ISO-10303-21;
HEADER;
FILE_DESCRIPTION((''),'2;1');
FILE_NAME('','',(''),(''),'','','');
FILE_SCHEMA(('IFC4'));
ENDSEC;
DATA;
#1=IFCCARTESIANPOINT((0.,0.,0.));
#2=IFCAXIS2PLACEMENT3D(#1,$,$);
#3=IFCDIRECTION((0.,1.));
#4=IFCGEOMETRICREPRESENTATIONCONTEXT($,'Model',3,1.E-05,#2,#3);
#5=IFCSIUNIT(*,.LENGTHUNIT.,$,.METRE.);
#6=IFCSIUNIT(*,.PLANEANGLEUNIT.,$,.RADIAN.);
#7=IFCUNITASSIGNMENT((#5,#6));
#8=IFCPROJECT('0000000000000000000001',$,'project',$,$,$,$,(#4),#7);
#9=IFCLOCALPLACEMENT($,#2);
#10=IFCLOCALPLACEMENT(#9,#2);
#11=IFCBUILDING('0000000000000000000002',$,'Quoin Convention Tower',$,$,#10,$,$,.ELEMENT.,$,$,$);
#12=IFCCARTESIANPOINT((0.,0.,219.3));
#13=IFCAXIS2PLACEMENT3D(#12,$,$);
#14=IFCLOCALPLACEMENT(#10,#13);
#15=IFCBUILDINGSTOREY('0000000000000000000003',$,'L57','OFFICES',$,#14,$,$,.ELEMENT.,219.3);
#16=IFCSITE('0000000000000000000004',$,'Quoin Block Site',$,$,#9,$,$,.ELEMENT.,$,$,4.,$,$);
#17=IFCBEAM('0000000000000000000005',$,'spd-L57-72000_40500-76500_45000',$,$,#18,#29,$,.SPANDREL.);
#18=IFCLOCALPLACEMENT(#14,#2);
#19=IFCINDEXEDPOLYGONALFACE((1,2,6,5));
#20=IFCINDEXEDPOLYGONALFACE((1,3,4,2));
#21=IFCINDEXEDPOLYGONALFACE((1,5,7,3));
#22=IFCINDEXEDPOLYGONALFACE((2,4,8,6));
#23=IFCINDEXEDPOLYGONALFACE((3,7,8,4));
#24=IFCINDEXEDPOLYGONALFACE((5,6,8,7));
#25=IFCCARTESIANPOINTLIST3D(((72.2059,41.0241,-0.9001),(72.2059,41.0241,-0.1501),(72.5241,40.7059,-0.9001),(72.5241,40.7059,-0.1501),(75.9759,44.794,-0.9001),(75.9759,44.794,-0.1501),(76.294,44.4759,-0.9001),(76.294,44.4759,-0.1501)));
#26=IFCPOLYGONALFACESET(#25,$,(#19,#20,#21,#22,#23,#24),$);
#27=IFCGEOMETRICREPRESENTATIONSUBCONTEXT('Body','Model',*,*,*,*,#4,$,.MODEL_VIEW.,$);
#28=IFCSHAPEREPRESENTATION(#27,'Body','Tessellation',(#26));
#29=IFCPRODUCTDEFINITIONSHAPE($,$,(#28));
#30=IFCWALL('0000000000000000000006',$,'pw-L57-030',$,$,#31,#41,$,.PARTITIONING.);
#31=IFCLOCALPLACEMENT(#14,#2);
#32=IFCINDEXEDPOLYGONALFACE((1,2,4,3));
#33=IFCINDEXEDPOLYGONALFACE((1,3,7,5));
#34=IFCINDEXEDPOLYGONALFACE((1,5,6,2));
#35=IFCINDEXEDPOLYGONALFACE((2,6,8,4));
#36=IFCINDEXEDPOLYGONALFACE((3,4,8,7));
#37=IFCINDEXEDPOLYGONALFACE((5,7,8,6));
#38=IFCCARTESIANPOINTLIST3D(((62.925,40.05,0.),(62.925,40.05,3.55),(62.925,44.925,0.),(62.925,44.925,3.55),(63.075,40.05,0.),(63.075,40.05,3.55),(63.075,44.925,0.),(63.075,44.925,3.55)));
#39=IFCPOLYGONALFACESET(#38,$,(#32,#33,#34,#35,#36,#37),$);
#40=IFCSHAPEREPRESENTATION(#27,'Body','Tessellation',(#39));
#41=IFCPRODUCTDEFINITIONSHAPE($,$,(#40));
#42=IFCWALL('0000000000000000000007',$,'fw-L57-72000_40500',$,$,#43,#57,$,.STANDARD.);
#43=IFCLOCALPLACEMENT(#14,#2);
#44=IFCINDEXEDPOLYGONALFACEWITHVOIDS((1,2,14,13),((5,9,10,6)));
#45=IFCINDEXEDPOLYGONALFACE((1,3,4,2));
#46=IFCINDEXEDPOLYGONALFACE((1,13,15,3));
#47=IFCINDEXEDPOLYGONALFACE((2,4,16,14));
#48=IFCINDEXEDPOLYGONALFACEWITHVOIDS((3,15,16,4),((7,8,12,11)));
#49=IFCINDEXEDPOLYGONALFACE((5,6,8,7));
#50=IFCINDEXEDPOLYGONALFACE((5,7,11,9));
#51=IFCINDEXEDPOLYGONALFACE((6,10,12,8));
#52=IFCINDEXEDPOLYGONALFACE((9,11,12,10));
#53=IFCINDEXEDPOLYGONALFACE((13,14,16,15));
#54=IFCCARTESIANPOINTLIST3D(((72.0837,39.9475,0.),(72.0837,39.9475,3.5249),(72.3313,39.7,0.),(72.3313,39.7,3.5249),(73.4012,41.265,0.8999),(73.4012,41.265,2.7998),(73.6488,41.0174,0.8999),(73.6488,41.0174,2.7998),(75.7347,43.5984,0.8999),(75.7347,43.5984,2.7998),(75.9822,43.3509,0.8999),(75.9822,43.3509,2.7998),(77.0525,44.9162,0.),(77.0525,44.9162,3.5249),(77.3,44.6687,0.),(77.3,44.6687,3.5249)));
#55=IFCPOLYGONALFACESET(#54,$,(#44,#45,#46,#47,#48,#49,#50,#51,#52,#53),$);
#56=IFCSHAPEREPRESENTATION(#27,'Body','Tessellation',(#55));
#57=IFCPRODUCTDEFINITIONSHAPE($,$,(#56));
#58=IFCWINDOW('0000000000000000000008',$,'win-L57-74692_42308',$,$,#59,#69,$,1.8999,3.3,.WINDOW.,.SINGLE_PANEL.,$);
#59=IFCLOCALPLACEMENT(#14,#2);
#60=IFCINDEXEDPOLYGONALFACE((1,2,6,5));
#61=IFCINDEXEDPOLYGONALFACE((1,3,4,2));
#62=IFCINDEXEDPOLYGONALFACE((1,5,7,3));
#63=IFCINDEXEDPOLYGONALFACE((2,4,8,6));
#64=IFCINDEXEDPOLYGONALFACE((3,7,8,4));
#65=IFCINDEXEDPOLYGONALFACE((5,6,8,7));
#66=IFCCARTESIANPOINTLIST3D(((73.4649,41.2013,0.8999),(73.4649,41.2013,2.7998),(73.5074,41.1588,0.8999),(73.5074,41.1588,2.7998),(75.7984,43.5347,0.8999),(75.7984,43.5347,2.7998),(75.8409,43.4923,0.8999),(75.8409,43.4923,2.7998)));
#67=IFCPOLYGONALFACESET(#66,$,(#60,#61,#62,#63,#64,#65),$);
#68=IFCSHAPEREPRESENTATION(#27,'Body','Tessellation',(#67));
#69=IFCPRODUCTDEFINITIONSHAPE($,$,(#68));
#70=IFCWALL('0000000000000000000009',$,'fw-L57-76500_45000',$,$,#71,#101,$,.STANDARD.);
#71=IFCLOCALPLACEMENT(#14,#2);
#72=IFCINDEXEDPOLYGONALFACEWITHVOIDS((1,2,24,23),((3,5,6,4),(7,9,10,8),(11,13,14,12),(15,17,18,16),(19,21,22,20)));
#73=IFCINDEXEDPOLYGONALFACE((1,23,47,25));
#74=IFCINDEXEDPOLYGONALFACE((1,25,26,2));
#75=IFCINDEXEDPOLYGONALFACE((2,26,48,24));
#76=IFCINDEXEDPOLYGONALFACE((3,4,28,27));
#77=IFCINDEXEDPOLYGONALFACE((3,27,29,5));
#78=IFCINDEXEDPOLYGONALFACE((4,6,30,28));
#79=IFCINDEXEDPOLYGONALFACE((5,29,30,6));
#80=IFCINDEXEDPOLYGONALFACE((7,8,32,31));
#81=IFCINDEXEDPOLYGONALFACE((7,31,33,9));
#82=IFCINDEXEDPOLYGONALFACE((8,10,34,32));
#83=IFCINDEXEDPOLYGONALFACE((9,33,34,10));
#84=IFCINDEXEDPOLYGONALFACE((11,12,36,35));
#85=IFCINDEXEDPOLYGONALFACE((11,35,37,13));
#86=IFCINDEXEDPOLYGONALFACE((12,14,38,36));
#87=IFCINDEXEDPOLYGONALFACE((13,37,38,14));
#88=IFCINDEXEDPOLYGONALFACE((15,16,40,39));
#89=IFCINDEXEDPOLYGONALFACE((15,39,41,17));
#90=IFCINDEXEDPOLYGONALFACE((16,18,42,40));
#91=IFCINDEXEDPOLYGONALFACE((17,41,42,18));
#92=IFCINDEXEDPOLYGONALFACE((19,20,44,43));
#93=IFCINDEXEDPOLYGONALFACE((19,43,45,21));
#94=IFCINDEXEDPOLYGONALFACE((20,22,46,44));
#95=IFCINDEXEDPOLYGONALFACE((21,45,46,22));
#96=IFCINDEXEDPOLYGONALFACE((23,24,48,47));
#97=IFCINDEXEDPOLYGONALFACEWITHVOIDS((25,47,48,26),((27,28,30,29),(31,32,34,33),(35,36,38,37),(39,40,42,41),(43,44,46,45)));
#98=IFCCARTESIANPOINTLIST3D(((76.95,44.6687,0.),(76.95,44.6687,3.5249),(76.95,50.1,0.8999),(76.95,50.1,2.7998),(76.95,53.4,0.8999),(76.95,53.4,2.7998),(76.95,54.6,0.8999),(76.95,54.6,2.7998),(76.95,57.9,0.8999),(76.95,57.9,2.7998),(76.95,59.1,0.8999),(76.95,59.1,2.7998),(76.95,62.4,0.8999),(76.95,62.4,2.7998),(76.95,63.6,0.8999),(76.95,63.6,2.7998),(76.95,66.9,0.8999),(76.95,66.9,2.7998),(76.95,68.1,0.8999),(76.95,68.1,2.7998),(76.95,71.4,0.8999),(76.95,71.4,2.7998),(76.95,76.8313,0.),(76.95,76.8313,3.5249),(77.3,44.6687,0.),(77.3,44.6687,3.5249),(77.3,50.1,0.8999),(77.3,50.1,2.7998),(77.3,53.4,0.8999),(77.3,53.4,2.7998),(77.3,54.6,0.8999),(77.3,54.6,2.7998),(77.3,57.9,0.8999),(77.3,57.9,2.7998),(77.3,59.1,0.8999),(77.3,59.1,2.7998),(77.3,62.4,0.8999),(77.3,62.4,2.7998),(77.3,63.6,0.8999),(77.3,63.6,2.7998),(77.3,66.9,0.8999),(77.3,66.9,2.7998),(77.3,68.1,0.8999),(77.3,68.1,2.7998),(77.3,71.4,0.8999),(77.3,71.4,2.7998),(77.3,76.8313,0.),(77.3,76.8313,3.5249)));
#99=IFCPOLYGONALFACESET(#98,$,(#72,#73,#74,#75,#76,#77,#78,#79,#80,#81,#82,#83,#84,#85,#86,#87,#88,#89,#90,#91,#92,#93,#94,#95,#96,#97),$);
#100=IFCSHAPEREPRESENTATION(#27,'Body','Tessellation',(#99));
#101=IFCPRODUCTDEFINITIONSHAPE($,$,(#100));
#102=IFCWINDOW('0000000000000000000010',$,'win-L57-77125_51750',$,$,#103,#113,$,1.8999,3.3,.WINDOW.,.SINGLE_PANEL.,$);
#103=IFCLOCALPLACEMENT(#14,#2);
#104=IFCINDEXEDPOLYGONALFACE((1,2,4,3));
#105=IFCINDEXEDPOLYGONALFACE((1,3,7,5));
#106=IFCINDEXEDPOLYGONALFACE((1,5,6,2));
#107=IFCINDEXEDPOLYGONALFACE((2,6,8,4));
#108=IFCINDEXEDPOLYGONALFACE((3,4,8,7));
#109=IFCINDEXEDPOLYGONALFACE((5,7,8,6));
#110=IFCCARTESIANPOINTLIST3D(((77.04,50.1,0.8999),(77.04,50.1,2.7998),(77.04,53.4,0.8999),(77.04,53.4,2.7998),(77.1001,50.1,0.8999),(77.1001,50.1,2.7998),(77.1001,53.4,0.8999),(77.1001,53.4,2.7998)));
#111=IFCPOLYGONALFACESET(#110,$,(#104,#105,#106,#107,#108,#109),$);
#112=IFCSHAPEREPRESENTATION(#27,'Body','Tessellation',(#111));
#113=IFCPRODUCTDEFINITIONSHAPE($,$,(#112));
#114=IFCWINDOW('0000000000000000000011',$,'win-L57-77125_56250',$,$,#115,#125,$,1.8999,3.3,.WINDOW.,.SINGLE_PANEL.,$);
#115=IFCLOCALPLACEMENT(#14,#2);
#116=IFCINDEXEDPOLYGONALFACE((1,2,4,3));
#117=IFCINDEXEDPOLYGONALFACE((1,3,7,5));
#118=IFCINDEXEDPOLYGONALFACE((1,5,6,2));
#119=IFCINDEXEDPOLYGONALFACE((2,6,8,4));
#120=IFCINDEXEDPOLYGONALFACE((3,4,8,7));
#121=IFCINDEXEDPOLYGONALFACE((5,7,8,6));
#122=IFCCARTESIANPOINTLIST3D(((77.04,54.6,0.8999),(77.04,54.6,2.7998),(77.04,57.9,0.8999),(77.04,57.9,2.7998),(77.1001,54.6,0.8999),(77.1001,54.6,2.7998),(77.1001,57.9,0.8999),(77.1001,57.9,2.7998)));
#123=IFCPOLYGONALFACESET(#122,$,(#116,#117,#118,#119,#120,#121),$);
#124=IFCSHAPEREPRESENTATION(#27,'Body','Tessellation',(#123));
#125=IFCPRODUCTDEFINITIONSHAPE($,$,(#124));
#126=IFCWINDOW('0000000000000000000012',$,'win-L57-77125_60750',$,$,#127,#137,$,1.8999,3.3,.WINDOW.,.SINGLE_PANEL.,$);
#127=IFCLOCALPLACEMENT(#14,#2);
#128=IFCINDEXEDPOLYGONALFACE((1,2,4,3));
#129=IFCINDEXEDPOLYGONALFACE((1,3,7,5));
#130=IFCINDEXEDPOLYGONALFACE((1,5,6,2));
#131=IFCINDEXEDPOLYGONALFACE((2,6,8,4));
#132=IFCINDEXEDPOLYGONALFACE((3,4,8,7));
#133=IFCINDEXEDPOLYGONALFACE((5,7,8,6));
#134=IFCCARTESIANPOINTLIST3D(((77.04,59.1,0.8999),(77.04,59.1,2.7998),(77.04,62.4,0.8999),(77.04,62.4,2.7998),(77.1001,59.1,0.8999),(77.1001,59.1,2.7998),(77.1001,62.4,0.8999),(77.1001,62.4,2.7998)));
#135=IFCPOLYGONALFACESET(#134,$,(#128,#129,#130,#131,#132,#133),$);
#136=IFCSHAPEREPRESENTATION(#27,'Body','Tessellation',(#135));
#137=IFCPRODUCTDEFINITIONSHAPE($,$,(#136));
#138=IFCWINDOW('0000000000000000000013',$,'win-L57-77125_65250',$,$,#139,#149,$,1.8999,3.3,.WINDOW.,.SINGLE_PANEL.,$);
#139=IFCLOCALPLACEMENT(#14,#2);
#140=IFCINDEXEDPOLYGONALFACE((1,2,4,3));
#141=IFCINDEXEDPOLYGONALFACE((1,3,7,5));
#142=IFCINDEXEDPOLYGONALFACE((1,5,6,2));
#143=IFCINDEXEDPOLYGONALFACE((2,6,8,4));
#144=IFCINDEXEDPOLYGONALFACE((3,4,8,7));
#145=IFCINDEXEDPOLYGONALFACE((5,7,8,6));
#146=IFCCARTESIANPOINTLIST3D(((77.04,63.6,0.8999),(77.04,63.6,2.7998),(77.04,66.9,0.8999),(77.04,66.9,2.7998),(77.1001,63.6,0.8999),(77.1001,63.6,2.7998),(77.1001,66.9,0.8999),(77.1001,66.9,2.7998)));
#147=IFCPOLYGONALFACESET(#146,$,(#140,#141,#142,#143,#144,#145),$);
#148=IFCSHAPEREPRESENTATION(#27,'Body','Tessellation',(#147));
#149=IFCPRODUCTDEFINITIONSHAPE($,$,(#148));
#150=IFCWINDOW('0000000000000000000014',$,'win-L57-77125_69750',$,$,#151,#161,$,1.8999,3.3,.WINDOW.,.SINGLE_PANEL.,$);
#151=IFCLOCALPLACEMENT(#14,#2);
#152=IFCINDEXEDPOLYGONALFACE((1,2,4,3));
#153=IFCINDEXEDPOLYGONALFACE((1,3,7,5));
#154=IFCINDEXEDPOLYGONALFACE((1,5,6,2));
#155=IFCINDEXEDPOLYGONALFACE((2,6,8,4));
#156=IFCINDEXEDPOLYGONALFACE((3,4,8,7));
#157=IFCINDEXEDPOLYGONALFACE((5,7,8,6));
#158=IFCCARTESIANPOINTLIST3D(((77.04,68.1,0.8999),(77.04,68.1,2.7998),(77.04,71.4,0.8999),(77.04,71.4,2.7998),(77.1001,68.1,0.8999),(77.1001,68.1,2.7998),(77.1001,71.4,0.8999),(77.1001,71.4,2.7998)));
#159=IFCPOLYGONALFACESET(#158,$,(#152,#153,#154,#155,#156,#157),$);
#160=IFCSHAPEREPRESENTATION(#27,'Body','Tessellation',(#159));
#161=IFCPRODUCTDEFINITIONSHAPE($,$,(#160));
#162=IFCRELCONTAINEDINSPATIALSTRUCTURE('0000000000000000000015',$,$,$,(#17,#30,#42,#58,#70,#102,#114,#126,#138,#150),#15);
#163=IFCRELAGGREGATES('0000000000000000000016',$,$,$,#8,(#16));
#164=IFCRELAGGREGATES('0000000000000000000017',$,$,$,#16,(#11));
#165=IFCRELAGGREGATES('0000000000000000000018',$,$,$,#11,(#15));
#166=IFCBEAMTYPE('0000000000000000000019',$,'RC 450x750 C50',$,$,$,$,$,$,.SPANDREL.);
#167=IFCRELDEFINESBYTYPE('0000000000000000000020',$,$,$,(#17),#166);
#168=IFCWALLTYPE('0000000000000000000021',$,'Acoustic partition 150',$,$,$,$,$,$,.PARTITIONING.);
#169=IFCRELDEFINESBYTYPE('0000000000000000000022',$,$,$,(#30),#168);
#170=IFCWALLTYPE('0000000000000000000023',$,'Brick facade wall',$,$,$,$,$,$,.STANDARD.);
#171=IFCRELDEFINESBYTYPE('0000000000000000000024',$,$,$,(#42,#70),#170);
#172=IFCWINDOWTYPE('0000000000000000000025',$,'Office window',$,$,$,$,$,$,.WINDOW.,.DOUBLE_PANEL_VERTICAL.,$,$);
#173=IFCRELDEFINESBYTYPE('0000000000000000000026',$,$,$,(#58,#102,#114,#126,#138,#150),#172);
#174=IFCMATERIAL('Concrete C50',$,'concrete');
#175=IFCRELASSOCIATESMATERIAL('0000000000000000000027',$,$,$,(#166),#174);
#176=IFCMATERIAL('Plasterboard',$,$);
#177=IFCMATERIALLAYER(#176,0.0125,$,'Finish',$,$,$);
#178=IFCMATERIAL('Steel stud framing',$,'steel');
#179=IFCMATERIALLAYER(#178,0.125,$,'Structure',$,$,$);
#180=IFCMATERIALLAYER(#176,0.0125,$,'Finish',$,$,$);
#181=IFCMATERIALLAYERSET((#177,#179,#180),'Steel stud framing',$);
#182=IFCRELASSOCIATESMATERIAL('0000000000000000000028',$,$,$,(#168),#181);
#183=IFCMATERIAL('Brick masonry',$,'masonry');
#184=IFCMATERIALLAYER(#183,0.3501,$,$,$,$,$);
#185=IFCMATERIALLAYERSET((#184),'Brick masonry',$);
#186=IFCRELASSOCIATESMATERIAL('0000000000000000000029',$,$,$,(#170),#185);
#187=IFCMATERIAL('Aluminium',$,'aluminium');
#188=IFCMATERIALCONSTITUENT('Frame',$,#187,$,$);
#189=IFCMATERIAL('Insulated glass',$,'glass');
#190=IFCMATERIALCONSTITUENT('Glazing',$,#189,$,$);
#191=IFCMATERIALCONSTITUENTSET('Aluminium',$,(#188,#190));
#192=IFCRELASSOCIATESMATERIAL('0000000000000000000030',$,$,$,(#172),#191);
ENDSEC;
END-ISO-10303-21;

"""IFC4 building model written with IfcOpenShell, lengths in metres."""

from ifc_helpers import new_model, si_unit, direction, frame, frame_2d, origin, origin_2d, place, context, subcontext, project, spatial, rectangle, extrude, material, layer, layer_set, constituent, constituent_set, material_profile, profile_set, type_object, element, fill, save


model = new_model("IFC4")

# Units and contexts
model_context = context("Model", 3, precision=1e-05, world=origin(), true_north=direction((0.0, 1.0)))
body_context = subcontext(model_context, "Body", "Model", "MODEL_VIEW")
ifc_project = project(units=[si_unit("LENGTHUNIT", "METRE"), si_unit("PLANEANGLEUNIT", "RADIAN")], contexts=[model_context])

# Site, building, storey
site_placement = place(None, origin())
site = spatial("IfcSite", under=ifc_project, at=site_placement, Name="Quoin Block Site", CompositionType="ELEMENT", RefElevation=4.0)
building_placement = place(site_placement, origin())
building = spatial("IfcBuilding", under=site, at=building_placement, Name="Quoin Convention Tower", CompositionType="ELEMENT")
storey_placement = place(building_placement, frame((0.0, 0.0, 219.3)))
storey = spatial("IfcBuildingStorey", under=building, at=storey_placement, Name="L57", Description="OFFICES", CompositionType="ELEMENT", Elevation=219.3)

# Shared definitions
ifc_material_1 = material(Name="Concrete C50", Category="concrete")

# Beam
ifc_material_profile_1 = material_profile(ifc_material_1, rectangle(XDim=0.45, YDim=0.75, at=origin_2d()), Name="RC 450x750")
ifc_profile_set_1 = profile_set([ifc_material_profile_1], Name="Concrete C50")
beam_type_1 = type_object("IfcBeamType", Name="RC 450x750 C50", PredefinedType="SPANDREL", material=ifc_profile_set_1)
beam_1_placement = place(storey_placement, frame((72.365, 40.865, -0.5251), z_axis=(0.707107, 0.707107, 0.0), x_axis=(-0.707107, 0.707107, 0.0)))
element("IfcBeam", 1, at=beam_1_placement, inside=storey, type_object=beam_type_1, Name="spd-L57-72000_40500-76500_45000", PredefinedType="SPANDREL", context=body_context, shape_type="SweptSolid", body=[
    extrude(rectangle(XDim=0.45, YDim=0.75, at=origin_2d()), origin(), (0.0, 0.0, 1.0), 5.3315),
])

# Wall
ifc_material_2 = material(Name="Plasterboard")
ifc_layer_1 = layer(ifc_material_2, 0.0125, Name="Finish")
ifc_material_3 = material(Name="Steel stud framing", Category="steel")
ifc_layer_2 = layer(ifc_material_3, 0.125, Name="Structure")
ifc_layer_3 = layer(ifc_material_2, 0.0125, Name="Finish")
ifc_layer_set_1 = layer_set([ifc_layer_1, ifc_layer_2, ifc_layer_3], Name="Steel stud framing")
wall_type_1 = type_object("IfcWallType", Name="Acoustic partition 150", PredefinedType="PARTITIONING", material=ifc_layer_set_1)
wall_1_placement = place(storey_placement, frame((63.0, 40.05, 0.0), z_axis=(0.0, 0.0, 1.0), x_axis=(0.0, 1.0, 0.0)))
element("IfcWall", 2, at=wall_1_placement, inside=storey, type_object=wall_type_1, Name="pw-L57-030", PredefinedType="PARTITIONING", context=body_context, shape_type="SweptSolid", body=[
    extrude(rectangle(XDim=4.875, YDim=0.1499, at=frame_2d((2.4375, 0.0))), origin(), (0.0, 0.0, 1.0), 3.55),
])

# Wall, opening, window
ifc_material_4 = material(Name="Brick masonry", Category="masonry")
ifc_layer_4 = layer(ifc_material_4, 0.3501)
ifc_layer_set_2 = layer_set([ifc_layer_4], Name="Brick masonry")
wall_type_2 = type_object("IfcWallType", Name="Brick facade wall", PredefinedType="STANDARD", material=ifc_layer_set_2)
wall_2_placement = place(storey_placement, frame((72.2075, 39.8237, 0.0), z_axis=(0.0, 0.0, 1.0), x_axis=(0.707107, 0.707107, 0.0)))
wall_2 = element("IfcWall", 3, at=wall_2_placement, inside=storey, type_object=wall_type_2, Name="fw-L57-72000_40500", PredefinedType="STANDARD", context=body_context, shape_type="SweptSolid", body=[
    extrude(rectangle(XDim=7.0269, YDim=0.3501, at=frame_2d((3.5134, 0.0))), origin(), (0.0, 0.0, 1.0), 3.5249),
])
opening_1_placement = place(wall_2_placement, frame((1.8633, 0.0, 0.8999)))
opening_1 = element("IfcOpeningElement", 4, at=opening_1_placement, cuts=wall_2, PredefinedType="OPENING", context=body_context, shape_type="SweptSolid", body=[
    extrude(rectangle(XDim=3.3, YDim=1.8999, at=frame_2d((1.6499, 0.95))), frame((0.0, 0.1851, 0.0), z_axis=(0.0, -1.0, 0.0), x_axis=(1.0, 0.0, 0.0)), (0.0, 0.0, 1.0), 0.3701),
])
ifc_material_5 = material(Name="Aluminium", Category="aluminium")
ifc_constituent_1 = constituent(ifc_material_5, Name="Frame")
ifc_material_6 = material(Name="Insulated glass", Category="glass")
ifc_constituent_2 = constituent(ifc_material_6, Name="Glazing")
ifc_constituent_set = constituent_set(constituents=[ifc_constituent_1, ifc_constituent_2], Name="Aluminium")
window_type = type_object("IfcWindowType", Name="Office window", PartitioningType="DOUBLE_PANEL_VERTICAL", PredefinedType="WINDOW", material=ifc_constituent_set)
window_1_placement = place(opening_1_placement, origin())
window_1 = element("IfcWindow", 5, at=window_1_placement, inside=storey, type_object=window_type, Name="win-L57-74692_42308", OverallHeight=1.8999, OverallWidth=3.3, PartitioningType="SINGLE_PANEL", PredefinedType="WINDOW", context=body_context, shape_type="SweptSolid", body=[
    extrude(rectangle(XDim=3.3, YDim=1.8999, at=frame_2d((1.6499, 0.95))), frame((0.0, 0.085, 0.0), z_axis=(0.0, -1.0, 0.0), x_axis=(1.0, 0.0, 0.0)), (0.0, 0.0, 1.0), 0.0601),
])
fill(opening_1, window_1)

# Wall, openings, windows
wall_3_placement = place(storey_placement, frame((77.125, 44.6687, 0.0), z_axis=(0.0, 0.0, 1.0), x_axis=(0.0, 1.0, 0.0)))
wall_3 = element("IfcWall", 6, at=wall_3_placement, inside=storey, type_object=wall_type_2, Name="fw-L57-76500_45000", PredefinedType="STANDARD", context=body_context, shape_type="SweptSolid", body=[
    extrude(rectangle(XDim=32.1626, YDim=0.3501, at=frame_2d((16.0813, 0.0))), origin(), (0.0, 0.0, 1.0), 3.5249),
])
opening_2_placement = place(wall_3_placement, frame((5.4314, 0.0, 0.8999)))
opening_2 = element("IfcOpeningElement", 7, at=opening_2_placement, cuts=wall_3, PredefinedType="OPENING", context=body_context, shape_type="SweptSolid", body=[
    extrude(rectangle(XDim=3.3, YDim=1.8999, at=frame_2d((1.6499, 0.95))), frame((0.0, 0.1851, 0.0), z_axis=(0.0, -1.0, 0.0), x_axis=(1.0, 0.0, 0.0)), (0.0, 0.0, 1.0), 0.3701),
])
opening_3_placement = place(wall_3_placement, frame((9.9314, 0.0, 0.8999)))
opening_3 = element("IfcOpeningElement", 8, at=opening_3_placement, cuts=wall_3, PredefinedType="OPENING", context=body_context, shape_type="SweptSolid", body=[
    extrude(rectangle(XDim=3.3, YDim=1.8999, at=frame_2d((1.6499, 0.95))), frame((0.0, 0.1851, 0.0), z_axis=(0.0, -1.0, 0.0), x_axis=(1.0, 0.0, 0.0)), (0.0, 0.0, 1.0), 0.3701),
])
opening_4_placement = place(wall_3_placement, frame((14.4314, 0.0, 0.8999)))
opening_4 = element("IfcOpeningElement", 9, at=opening_4_placement, cuts=wall_3, PredefinedType="OPENING", context=body_context, shape_type="SweptSolid", body=[
    extrude(rectangle(XDim=3.3, YDim=1.8999, at=frame_2d((1.6499, 0.95))), frame((0.0, 0.1851, 0.0), z_axis=(0.0, -1.0, 0.0), x_axis=(1.0, 0.0, 0.0)), (0.0, 0.0, 1.0), 0.3701),
])
opening_5_placement = place(wall_3_placement, frame((18.9314, 0.0, 0.8999)))
opening_5 = element("IfcOpeningElement", 10, at=opening_5_placement, cuts=wall_3, PredefinedType="OPENING", context=body_context, shape_type="SweptSolid", body=[
    extrude(rectangle(XDim=3.3, YDim=1.8999, at=frame_2d((1.6499, 0.95))), frame((0.0, 0.1851, 0.0), z_axis=(0.0, -1.0, 0.0), x_axis=(1.0, 0.0, 0.0)), (0.0, 0.0, 1.0), 0.3701),
])
opening_6_placement = place(wall_3_placement, frame((23.4314, 0.0, 0.8999)))
opening_6 = element("IfcOpeningElement", 11, at=opening_6_placement, cuts=wall_3, PredefinedType="OPENING", context=body_context, shape_type="SweptSolid", body=[
    extrude(rectangle(XDim=3.3, YDim=1.8999, at=frame_2d((1.6499, 0.95))), frame((0.0, 0.1851, 0.0), z_axis=(0.0, -1.0, 0.0), x_axis=(1.0, 0.0, 0.0)), (0.0, 0.0, 1.0), 0.3701),
])
window_2_placement = place(opening_2_placement, origin())
window_2 = element("IfcWindow", 12, at=window_2_placement, inside=storey, type_object=window_type, Name="win-L57-77125_51750", OverallHeight=1.8999, OverallWidth=3.3, PartitioningType="SINGLE_PANEL", PredefinedType="WINDOW", context=body_context, shape_type="SweptSolid", body=[
    extrude(rectangle(XDim=3.3, YDim=1.8999, at=frame_2d((1.6499, 0.95))), frame((0.0, 0.085, 0.0), z_axis=(0.0, -1.0, 0.0), x_axis=(1.0, 0.0, 0.0)), (0.0, 0.0, 1.0), 0.0601),
])
fill(opening_2, window_2)
window_3_placement = place(opening_3_placement, origin())
window_3 = element("IfcWindow", 13, at=window_3_placement, inside=storey, type_object=window_type, Name="win-L57-77125_56250", OverallHeight=1.8999, OverallWidth=3.3, PartitioningType="SINGLE_PANEL", PredefinedType="WINDOW", context=body_context, shape_type="SweptSolid", body=[
    extrude(rectangle(XDim=3.3, YDim=1.8999, at=frame_2d((1.6499, 0.95))), frame((0.0, 0.085, 0.0), z_axis=(0.0, -1.0, 0.0), x_axis=(1.0, 0.0, 0.0)), (0.0, 0.0, 1.0), 0.0601),
])
fill(opening_3, window_3)
window_4_placement = place(opening_4_placement, origin())
window_4 = element("IfcWindow", 14, at=window_4_placement, inside=storey, type_object=window_type, Name="win-L57-77125_60750", OverallHeight=1.8999, OverallWidth=3.3, PartitioningType="SINGLE_PANEL", PredefinedType="WINDOW", context=body_context, shape_type="SweptSolid", body=[
    extrude(rectangle(XDim=3.3, YDim=1.8999, at=frame_2d((1.6499, 0.95))), frame((0.0, 0.085, 0.0), z_axis=(0.0, -1.0, 0.0), x_axis=(1.0, 0.0, 0.0)), (0.0, 0.0, 1.0), 0.0601),
])
fill(opening_4, window_4)
window_5_placement = place(opening_5_placement, origin())
window_5 = element("IfcWindow", 15, at=window_5_placement, inside=storey, type_object=window_type, Name="win-L57-77125_65250", OverallHeight=1.8999, OverallWidth=3.3, PartitioningType="SINGLE_PANEL", PredefinedType="WINDOW", context=body_context, shape_type="SweptSolid", body=[
    extrude(rectangle(XDim=3.3, YDim=1.8999, at=frame_2d((1.6499, 0.95))), frame((0.0, 0.085, 0.0), z_axis=(0.0, -1.0, 0.0), x_axis=(1.0, 0.0, 0.0)), (0.0, 0.0, 1.0), 0.0601),
])
fill(opening_5, window_5)
window_6_placement = place(opening_6_placement, origin())
window_6 = element("IfcWindow", 16, at=window_6_placement, inside=storey, type_object=window_type, Name="win-L57-77125_69750", OverallHeight=1.8999, OverallWidth=3.3, PartitioningType="SINGLE_PANEL", PredefinedType="WINDOW", context=body_context, shape_type="SweptSolid", body=[
    extrude(rectangle(XDim=3.3, YDim=1.8999, at=frame_2d((1.6499, 0.95))), frame((0.0, 0.085, 0.0), z_axis=(0.0, -1.0, 0.0), x_axis=(1.0, 0.0, 0.0)), (0.0, 0.0, 1.0), 0.0601),
])
fill(opening_6, window_6)

save(model, "model.ifc")
